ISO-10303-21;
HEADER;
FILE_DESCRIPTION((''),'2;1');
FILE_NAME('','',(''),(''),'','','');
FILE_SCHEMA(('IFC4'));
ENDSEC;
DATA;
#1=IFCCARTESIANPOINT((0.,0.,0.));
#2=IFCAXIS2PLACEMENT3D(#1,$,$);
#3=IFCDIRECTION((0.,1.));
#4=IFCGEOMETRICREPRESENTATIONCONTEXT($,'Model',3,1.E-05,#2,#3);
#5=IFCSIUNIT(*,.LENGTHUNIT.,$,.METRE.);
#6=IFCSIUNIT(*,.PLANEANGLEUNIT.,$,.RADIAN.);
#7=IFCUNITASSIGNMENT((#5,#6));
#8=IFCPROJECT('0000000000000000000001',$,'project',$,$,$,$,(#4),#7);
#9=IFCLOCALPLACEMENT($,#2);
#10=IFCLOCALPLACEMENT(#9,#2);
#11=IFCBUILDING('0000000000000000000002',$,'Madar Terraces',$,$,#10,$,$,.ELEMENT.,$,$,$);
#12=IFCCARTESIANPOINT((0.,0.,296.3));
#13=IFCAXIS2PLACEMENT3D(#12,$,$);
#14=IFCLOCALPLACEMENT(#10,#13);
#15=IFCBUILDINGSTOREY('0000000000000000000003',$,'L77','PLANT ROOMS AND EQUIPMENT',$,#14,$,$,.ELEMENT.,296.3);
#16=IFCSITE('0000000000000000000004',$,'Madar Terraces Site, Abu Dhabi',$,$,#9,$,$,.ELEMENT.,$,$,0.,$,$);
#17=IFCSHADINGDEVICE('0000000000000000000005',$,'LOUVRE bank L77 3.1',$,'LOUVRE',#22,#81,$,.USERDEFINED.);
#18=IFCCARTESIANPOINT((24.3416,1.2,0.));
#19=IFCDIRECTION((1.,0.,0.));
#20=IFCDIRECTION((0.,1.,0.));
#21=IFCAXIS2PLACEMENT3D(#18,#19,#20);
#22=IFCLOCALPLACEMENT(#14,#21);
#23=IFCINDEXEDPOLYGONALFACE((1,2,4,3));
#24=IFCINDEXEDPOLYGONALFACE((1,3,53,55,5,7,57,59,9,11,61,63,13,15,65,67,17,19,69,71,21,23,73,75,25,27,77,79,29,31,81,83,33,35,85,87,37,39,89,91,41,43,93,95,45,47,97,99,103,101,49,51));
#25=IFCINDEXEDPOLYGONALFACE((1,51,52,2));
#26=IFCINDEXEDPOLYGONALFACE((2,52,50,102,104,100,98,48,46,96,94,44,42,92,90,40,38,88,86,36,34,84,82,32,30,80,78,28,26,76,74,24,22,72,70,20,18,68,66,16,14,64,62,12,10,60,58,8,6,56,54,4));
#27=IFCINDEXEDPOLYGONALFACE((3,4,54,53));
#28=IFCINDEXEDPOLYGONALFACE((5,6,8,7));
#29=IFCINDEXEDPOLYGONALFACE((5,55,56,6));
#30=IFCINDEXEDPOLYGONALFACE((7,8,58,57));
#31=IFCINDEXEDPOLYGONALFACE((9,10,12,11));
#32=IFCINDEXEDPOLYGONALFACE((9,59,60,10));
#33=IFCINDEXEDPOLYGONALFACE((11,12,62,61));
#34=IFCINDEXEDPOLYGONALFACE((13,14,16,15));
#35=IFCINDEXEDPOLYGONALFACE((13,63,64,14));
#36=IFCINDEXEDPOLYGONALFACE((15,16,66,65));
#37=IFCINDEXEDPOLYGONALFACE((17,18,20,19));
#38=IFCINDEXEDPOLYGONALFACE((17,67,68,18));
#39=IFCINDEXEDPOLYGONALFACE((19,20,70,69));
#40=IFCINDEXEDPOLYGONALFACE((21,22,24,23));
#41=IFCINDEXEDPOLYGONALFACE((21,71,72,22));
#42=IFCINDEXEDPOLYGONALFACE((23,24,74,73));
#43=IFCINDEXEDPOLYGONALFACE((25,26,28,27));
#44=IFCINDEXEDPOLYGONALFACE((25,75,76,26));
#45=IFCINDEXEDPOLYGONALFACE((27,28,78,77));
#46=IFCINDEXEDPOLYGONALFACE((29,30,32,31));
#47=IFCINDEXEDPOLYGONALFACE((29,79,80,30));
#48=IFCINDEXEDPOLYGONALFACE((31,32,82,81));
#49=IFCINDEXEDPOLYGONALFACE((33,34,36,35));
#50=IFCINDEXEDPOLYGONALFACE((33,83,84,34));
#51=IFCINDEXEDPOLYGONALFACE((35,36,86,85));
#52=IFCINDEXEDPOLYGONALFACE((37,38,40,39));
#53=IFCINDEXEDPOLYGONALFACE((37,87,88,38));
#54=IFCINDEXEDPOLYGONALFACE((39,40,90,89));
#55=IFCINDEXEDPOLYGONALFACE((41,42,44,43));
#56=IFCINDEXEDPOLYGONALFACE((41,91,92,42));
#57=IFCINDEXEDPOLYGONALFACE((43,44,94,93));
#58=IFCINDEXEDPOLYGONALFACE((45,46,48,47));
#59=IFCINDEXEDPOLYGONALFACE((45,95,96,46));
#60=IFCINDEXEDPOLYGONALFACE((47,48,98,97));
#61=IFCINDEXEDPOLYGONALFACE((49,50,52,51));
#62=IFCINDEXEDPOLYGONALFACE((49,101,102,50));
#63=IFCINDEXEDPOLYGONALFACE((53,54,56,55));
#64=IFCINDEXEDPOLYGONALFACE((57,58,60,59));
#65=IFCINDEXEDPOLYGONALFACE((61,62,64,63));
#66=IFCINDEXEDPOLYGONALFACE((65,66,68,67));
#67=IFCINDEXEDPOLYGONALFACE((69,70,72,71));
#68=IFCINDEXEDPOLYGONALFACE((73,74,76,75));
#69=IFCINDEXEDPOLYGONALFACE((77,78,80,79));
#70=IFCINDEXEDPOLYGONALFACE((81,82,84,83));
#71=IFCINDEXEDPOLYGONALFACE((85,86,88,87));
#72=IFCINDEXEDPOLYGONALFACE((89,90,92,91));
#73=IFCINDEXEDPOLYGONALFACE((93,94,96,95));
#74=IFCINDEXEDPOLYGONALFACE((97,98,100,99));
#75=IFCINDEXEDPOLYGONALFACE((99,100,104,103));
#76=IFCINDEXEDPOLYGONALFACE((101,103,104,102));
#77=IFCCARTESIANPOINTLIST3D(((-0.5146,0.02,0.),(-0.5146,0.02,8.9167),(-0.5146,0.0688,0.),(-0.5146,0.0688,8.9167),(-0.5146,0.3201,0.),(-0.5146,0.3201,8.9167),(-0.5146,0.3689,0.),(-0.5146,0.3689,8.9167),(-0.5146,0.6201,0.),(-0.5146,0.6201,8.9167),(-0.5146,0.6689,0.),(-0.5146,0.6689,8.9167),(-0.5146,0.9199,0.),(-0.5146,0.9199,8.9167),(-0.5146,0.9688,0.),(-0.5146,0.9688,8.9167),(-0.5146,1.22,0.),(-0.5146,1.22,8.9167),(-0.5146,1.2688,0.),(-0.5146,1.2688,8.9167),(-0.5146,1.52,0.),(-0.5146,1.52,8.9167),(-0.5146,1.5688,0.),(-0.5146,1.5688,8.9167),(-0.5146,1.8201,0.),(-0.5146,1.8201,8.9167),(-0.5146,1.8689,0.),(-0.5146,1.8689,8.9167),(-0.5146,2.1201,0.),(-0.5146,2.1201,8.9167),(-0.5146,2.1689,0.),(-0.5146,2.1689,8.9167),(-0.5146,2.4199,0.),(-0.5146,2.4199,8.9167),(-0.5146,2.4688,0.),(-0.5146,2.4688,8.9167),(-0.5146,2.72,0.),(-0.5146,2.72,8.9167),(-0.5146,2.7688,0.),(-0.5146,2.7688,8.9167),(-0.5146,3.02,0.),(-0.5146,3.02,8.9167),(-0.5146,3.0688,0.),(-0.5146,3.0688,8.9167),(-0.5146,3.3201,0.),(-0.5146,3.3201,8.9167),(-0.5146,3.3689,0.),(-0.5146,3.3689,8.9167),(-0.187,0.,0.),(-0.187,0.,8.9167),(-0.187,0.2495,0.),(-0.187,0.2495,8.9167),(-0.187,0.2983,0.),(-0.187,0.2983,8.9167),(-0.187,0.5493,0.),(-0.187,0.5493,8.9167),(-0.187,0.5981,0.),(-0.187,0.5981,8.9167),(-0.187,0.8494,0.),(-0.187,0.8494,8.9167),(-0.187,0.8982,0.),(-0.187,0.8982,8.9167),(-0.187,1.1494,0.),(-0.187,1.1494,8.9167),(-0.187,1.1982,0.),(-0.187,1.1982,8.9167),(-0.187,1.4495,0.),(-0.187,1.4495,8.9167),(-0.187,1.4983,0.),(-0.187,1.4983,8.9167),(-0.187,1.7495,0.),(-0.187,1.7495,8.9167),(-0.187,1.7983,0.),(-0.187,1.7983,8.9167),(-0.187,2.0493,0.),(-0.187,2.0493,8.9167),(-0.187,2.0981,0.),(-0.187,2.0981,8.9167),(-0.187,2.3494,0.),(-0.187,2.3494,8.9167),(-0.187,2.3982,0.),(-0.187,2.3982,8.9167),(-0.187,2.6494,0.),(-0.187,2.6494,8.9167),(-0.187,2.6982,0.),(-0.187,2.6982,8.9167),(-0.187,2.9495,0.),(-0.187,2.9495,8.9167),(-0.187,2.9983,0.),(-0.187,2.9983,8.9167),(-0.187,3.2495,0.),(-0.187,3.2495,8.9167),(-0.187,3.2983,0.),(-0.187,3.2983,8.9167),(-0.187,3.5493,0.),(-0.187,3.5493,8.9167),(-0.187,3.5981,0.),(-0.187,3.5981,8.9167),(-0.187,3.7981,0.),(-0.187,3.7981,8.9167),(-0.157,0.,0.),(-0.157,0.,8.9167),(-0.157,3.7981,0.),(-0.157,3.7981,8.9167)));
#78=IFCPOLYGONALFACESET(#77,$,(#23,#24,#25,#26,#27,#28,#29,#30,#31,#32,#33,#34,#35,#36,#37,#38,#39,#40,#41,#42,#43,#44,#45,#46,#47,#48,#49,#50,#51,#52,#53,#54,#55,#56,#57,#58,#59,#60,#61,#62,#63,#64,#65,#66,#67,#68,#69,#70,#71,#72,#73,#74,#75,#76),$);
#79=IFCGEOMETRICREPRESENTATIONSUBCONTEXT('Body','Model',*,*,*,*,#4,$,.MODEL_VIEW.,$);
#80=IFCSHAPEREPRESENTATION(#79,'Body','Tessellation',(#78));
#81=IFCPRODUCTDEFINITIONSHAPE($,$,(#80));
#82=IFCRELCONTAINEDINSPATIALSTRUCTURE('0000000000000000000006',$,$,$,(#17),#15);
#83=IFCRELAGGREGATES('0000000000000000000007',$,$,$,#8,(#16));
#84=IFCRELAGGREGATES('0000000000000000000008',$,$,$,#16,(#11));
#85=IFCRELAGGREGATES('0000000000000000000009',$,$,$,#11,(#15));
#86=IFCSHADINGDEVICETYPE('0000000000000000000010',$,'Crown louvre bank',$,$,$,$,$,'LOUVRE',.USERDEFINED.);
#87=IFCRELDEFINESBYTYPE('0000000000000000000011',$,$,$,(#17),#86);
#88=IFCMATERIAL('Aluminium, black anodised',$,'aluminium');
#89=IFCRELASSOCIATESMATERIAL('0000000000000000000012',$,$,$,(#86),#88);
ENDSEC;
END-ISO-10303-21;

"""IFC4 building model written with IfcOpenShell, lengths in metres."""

from ifc_helpers import new_model, si_unit, direction, frame, origin, place, context, subcontext, project, spatial, polyline, outline, extrude, material, type_object, element, save


model = new_model("IFC4")

# Units and contexts
model_context = context("Model", 3, precision=1e-05, world=origin(), true_north=direction((0.0, 1.0)))
body_context = subcontext(model_context, "Body", "Model", "MODEL_VIEW")
ifc_project = project(units=[si_unit("LENGTHUNIT", "METRE"), si_unit("PLANEANGLEUNIT", "RADIAN")], contexts=[model_context])

# Site, building, storey
site_placement = place(None, origin())
site = spatial("IfcSite", under=ifc_project, at=site_placement, Name="Madar Terraces Site, Abu Dhabi", CompositionType="ELEMENT", RefElevation=0.0)
building_placement = place(site_placement, origin())
building = spatial("IfcBuilding", under=site, at=building_placement, Name="Madar Terraces", CompositionType="ELEMENT")
storey_placement = place(building_placement, frame((0.0, 0.0, 296.3)))
storey = spatial("IfcBuildingStorey", under=building, at=storey_placement, Name="L77", Description="PLANT ROOMS AND EQUIPMENT", CompositionType="ELEMENT", Elevation=296.3)

# Shading device
ifc_material_1 = material(Name="Aluminium, black anodised", Category="aluminium")
shading_device_type = type_object("IfcShadingDeviceType", Name="Crown louvre bank", ElementType="LOUVRE", PredefinedType="USERDEFINED", material=ifc_material_1)
shading_device_1_placement = place(storey_placement, frame((24.3416, 1.2, 0.0), z_axis=(1.0, 0.0, 0.0), x_axis=(0.0, 1.0, 0.0)))
element("IfcShadingDevice", 1, at=shading_device_1_placement, inside=storey, type_object=shading_device_type, Name="LOUVRE bank L77 3.1", ObjectType="LOUVRE", PredefinedType="USERDEFINED", context=body_context, shape_type="SweptSolid", body=[
    extrude(outline(polyline([(-0.157, 0.0), (-0.187, 0.0), (-0.187, 0.2495), (-0.5146, 0.02), (-0.5146, 0.0688), (-0.187, 0.2983), (-0.187, 0.5493), (-0.5146, 0.3201), (-0.5146, 0.3689), (-0.187, 0.5981), (-0.187, 0.8494), (-0.5146, 0.6201), (-0.5146, 0.6689), (-0.187, 0.8982), (-0.187, 1.1494), (-0.5146, 0.9199), (-0.5146, 0.9688), (-0.187, 1.1982), (-0.187, 1.4495), (-0.5146, 1.22), (-0.5146, 1.2688), (-0.187, 1.4983), (-0.187, 1.7495), (-0.5146, 1.52), (-0.5146, 1.5688), (-0.187, 1.7983), (-0.187, 2.0493), (-0.5146, 1.8201), (-0.5146, 1.8689), (-0.187, 2.0981), (-0.187, 2.3494), (-0.5146, 2.1201), (-0.5146, 2.1689), (-0.187, 2.3982), (-0.187, 2.6494), (-0.5146, 2.4199), (-0.5146, 2.4688), (-0.187, 2.6982), (-0.187, 2.9495), (-0.5146, 2.72), (-0.5146, 2.7688), (-0.187, 2.9983), (-0.187, 3.2495), (-0.5146, 3.02), (-0.5146, 3.0688), (-0.187, 3.2983), (-0.187, 3.5493), (-0.5146, 3.3201), (-0.5146, 3.3689), (-0.187, 3.5981), (-0.187, 3.7981), (-0.157, 3.7981), (-0.157, 0.0)])), origin(), (0.0, 0.0, 1.0), 8.9167),
])

save(model, "model.ifc")
